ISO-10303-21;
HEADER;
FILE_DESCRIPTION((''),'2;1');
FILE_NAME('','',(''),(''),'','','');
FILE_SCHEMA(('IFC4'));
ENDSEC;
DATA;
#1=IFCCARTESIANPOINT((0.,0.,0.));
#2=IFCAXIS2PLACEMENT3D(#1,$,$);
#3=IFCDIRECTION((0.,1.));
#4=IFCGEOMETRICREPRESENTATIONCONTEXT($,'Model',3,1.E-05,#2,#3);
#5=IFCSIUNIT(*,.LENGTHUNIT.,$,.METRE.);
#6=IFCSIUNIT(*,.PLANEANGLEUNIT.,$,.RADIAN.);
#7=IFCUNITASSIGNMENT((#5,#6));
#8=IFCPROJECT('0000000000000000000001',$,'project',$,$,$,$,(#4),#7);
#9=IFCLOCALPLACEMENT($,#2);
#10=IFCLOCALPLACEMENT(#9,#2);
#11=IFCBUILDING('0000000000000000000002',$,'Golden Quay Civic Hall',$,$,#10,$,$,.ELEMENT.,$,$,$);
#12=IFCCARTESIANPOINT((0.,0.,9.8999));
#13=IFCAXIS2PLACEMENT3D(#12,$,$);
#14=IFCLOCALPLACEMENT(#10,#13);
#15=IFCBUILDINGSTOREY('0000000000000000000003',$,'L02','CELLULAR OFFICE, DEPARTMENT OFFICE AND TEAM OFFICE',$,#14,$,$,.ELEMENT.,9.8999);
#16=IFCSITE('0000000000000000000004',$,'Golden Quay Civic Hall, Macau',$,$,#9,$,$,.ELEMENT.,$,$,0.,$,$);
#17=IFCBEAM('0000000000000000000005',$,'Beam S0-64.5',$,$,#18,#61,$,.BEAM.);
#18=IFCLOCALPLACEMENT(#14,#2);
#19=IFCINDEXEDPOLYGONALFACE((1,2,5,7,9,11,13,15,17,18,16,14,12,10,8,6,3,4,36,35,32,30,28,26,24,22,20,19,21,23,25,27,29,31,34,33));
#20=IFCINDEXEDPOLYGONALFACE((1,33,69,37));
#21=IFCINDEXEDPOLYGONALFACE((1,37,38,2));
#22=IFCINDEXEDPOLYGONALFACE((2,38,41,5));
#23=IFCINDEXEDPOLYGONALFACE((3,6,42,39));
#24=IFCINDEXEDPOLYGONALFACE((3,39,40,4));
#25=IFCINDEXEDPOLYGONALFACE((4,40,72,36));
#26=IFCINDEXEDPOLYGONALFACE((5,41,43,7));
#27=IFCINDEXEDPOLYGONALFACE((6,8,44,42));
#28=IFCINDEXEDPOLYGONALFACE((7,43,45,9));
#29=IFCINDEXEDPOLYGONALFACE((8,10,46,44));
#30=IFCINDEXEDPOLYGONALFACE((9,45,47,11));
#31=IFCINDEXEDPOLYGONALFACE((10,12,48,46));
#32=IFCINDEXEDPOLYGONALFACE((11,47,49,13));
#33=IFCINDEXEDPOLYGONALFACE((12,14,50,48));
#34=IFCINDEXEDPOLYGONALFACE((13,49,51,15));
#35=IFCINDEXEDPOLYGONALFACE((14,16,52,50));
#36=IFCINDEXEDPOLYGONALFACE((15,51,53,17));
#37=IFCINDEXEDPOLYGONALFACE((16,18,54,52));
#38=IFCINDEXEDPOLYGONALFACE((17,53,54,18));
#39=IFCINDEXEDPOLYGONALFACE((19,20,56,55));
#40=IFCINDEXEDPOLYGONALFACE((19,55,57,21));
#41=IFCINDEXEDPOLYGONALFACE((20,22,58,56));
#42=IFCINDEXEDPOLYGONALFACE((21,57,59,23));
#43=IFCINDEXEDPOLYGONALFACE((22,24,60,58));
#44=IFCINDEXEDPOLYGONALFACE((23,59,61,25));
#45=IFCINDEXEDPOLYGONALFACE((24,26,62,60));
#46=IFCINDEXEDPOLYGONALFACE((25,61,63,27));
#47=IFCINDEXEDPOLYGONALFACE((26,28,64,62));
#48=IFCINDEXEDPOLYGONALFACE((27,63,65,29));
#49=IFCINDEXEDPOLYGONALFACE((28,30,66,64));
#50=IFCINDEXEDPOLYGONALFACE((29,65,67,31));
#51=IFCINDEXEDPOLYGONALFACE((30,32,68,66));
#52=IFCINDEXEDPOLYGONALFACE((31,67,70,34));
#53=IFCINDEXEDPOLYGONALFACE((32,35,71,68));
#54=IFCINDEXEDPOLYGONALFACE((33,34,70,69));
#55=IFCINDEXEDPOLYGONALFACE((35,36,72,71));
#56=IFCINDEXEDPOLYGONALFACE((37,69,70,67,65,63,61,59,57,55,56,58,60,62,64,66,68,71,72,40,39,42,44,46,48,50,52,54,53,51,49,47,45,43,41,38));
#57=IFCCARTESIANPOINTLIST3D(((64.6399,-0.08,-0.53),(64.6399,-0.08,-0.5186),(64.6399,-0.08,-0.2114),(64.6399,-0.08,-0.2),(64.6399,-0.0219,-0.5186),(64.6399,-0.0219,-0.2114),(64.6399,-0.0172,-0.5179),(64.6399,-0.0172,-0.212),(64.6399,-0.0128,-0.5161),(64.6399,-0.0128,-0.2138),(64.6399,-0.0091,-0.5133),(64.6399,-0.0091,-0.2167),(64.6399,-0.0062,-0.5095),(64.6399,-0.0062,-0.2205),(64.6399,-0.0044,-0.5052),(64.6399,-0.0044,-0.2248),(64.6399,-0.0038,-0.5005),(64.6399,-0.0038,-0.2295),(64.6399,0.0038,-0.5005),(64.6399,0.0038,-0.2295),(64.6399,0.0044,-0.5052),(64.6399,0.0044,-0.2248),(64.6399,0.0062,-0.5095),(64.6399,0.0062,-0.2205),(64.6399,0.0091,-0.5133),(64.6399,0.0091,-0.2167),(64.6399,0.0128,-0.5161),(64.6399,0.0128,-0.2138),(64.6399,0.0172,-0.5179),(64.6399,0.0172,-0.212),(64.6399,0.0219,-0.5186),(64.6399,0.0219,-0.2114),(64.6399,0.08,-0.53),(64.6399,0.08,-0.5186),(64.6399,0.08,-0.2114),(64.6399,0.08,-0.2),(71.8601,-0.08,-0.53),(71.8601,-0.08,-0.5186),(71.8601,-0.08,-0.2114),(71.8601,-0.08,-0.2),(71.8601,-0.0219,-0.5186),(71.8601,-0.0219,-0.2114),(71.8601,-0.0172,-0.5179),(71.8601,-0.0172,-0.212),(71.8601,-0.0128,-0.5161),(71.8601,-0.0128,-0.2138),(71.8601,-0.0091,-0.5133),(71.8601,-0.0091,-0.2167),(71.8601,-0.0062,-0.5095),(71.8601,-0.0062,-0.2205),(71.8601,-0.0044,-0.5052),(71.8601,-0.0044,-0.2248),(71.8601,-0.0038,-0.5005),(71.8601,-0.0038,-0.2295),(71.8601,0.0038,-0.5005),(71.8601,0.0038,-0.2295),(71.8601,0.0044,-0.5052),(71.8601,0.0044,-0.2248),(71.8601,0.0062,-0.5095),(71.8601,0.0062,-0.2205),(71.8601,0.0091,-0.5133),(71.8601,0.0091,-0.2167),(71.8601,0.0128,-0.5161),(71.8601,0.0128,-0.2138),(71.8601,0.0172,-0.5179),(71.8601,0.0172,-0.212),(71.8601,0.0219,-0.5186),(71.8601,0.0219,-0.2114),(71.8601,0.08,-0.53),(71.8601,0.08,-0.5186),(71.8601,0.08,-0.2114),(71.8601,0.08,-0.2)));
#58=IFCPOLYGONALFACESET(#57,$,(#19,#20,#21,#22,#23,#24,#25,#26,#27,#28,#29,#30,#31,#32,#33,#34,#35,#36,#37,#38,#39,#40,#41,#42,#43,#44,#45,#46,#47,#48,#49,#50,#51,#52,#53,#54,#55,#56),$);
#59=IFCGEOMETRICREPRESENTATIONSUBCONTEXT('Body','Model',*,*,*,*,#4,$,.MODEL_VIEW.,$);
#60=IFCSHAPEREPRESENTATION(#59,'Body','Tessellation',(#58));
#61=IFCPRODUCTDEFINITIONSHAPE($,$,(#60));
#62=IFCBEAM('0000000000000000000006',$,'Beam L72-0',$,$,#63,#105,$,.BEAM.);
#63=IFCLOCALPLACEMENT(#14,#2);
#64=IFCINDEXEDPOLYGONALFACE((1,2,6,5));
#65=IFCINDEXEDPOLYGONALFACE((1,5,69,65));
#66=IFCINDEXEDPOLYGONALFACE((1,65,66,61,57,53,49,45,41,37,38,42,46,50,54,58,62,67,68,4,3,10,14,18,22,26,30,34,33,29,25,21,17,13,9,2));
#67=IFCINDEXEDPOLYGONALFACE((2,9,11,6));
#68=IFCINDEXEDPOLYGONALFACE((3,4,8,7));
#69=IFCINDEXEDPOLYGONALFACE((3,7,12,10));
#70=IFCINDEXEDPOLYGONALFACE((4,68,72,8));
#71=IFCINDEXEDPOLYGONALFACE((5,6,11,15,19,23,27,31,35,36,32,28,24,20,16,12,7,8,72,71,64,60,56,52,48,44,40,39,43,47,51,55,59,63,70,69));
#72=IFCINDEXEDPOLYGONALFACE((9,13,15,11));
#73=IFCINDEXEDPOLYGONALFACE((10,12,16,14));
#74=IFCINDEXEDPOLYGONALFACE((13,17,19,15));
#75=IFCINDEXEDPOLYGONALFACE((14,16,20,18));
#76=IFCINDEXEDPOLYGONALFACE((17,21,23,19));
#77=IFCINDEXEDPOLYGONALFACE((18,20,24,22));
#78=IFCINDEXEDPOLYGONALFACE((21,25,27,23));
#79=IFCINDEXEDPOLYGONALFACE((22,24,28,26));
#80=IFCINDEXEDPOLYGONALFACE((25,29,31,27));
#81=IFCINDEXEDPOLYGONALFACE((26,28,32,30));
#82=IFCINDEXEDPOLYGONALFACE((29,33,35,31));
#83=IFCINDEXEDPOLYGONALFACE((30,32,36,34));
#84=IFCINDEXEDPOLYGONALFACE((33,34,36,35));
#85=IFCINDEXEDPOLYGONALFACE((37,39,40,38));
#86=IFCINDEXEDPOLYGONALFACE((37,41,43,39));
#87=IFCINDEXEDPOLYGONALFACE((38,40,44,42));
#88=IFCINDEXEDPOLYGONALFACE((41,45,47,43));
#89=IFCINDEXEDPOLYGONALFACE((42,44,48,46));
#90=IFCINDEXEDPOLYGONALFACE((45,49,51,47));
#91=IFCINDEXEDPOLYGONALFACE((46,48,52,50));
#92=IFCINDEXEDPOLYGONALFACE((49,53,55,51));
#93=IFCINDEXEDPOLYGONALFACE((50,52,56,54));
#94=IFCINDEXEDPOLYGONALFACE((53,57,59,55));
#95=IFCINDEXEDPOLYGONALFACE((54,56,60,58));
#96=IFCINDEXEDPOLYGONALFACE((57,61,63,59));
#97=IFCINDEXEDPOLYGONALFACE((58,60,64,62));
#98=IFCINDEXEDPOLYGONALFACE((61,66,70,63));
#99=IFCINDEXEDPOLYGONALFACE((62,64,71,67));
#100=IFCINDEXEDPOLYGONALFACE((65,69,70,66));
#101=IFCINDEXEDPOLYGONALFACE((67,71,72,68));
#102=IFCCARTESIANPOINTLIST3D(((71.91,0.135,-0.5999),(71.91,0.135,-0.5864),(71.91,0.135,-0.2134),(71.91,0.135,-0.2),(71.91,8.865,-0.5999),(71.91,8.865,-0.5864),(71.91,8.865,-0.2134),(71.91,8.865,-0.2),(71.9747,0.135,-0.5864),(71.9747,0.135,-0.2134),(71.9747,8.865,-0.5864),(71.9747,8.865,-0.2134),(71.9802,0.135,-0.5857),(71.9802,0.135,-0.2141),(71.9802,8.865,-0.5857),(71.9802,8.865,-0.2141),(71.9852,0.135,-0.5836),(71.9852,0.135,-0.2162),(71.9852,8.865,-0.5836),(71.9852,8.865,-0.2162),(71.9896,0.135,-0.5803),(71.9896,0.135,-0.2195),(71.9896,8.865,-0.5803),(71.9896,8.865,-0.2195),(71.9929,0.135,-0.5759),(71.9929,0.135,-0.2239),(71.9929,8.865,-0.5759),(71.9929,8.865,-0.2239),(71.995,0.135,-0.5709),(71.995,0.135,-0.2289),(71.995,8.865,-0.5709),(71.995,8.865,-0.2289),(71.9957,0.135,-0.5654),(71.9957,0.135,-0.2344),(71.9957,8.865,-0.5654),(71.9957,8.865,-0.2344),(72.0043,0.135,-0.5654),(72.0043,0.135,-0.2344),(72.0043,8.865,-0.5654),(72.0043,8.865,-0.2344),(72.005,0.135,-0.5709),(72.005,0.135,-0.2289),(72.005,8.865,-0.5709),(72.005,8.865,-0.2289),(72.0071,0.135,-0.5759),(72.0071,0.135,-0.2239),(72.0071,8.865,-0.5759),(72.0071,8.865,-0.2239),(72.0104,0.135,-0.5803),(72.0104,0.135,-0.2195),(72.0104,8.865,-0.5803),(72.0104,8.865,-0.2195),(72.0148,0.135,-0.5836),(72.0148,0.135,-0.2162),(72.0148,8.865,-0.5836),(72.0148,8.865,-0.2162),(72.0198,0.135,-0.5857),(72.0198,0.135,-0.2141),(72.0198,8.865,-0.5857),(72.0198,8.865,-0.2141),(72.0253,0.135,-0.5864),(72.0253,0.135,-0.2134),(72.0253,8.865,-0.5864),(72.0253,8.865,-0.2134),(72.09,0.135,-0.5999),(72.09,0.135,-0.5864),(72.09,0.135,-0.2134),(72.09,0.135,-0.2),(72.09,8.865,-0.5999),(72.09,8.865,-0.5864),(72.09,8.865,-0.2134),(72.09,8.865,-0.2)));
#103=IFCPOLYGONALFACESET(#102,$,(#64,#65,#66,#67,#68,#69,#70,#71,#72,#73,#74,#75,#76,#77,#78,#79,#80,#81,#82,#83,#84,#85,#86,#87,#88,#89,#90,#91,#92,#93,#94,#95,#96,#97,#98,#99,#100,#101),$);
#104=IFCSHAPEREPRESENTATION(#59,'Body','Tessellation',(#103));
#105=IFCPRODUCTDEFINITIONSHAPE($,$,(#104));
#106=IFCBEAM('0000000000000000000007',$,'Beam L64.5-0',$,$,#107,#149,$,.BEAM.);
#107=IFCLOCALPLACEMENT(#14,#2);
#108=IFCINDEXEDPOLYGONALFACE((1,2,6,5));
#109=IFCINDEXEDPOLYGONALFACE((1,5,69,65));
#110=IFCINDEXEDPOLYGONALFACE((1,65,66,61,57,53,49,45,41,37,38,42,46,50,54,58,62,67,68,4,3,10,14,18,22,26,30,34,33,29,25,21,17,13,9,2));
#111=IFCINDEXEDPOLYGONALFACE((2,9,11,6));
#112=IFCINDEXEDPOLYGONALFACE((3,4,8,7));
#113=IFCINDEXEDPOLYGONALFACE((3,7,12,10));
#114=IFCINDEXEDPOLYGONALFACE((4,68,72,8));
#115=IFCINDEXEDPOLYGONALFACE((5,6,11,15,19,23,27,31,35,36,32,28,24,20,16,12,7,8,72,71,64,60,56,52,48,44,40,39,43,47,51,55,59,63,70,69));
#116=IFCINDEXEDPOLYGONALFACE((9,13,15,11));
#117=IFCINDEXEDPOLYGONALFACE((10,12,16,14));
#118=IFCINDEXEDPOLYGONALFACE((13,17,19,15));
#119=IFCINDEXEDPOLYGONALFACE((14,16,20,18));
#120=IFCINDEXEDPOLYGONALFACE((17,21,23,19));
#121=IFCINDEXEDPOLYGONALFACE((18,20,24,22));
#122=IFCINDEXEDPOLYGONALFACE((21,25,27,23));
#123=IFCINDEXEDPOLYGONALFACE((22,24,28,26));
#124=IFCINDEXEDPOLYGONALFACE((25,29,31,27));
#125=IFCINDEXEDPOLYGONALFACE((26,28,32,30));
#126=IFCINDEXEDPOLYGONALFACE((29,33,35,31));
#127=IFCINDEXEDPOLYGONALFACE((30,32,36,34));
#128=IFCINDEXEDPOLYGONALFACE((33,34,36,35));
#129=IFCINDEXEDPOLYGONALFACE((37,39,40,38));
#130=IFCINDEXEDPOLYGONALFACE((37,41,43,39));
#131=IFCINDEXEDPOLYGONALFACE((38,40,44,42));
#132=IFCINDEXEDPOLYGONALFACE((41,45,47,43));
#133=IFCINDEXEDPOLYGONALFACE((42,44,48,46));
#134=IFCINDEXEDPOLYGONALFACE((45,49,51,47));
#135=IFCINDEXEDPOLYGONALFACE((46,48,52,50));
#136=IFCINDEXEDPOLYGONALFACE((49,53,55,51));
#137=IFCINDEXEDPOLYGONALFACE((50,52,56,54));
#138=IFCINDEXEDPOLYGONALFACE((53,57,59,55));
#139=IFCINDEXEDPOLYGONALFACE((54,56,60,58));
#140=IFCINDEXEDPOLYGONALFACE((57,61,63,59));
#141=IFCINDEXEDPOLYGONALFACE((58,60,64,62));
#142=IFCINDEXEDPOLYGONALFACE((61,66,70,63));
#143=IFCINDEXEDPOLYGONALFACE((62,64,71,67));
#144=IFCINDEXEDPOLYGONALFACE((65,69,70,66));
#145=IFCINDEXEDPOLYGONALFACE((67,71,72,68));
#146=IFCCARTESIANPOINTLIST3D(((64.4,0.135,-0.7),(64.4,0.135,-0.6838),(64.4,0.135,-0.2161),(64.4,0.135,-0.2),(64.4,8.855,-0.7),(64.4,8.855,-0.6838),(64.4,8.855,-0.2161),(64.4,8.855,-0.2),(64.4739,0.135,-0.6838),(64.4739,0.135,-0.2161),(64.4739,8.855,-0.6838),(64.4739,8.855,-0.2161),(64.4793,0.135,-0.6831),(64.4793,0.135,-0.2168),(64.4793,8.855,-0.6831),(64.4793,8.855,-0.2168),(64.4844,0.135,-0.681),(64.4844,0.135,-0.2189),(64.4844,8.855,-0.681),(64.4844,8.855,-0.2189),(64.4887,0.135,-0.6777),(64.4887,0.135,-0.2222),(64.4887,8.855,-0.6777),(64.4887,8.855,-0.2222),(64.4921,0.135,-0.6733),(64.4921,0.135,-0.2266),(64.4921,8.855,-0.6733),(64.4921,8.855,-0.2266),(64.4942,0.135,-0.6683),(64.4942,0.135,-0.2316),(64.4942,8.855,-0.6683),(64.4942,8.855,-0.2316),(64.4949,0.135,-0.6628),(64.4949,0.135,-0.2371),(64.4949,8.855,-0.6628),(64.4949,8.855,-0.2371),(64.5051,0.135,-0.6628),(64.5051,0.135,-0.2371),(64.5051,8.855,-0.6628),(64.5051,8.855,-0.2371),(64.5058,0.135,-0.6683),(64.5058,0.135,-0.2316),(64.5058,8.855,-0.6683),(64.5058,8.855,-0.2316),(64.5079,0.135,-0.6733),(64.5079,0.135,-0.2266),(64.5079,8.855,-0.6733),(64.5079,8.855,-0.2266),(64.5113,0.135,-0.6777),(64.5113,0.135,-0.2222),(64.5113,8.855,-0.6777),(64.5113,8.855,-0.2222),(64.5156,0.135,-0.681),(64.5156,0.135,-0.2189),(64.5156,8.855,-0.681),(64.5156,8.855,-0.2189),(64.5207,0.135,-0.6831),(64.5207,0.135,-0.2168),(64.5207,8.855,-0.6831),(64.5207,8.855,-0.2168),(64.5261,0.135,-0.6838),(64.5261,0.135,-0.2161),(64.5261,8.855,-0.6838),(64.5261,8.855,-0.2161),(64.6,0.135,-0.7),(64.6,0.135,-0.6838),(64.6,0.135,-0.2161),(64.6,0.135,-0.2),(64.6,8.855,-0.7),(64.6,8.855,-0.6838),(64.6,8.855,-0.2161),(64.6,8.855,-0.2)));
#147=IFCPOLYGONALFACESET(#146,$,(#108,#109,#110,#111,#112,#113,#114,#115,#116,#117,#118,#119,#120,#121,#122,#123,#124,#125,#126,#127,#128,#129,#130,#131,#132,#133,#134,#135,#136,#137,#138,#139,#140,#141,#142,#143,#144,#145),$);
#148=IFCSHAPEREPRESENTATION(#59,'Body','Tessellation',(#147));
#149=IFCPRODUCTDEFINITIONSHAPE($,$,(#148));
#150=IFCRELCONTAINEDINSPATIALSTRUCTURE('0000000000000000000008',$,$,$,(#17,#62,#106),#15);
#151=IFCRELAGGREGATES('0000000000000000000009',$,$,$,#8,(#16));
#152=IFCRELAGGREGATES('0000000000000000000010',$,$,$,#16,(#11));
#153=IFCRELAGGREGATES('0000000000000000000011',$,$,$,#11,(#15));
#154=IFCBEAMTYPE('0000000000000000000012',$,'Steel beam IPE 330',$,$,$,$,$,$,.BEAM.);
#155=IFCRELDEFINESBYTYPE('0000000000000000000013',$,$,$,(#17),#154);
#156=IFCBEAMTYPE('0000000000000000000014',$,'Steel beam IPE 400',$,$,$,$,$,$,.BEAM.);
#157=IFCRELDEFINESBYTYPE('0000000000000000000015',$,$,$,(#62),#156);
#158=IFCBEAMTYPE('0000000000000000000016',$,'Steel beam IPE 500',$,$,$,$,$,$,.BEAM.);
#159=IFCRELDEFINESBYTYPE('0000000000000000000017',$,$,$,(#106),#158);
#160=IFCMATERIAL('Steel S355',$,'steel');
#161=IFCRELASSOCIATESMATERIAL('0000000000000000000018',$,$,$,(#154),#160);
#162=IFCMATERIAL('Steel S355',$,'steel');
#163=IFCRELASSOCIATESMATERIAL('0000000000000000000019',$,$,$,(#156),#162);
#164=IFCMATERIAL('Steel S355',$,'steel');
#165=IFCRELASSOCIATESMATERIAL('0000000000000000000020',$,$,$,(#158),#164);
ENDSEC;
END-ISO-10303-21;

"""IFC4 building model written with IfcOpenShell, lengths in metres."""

from ifc_helpers import new_model, si_unit, direction, frame, origin, origin_2d, place, context, subcontext, project, spatial, i_section, extrude, material, material_profile, profile_set, type_object, element, save


model = new_model("IFC4")

# Units and contexts
model_context = context("Model", 3, precision=1e-05, world=origin(), true_north=direction((0.0, 1.0)))
body_context = subcontext(model_context, "Body", "Model", "MODEL_VIEW")
ifc_project = project(units=[si_unit("LENGTHUNIT", "METRE"), si_unit("PLANEANGLEUNIT", "RADIAN")], contexts=[model_context])

# Site, building, storey
site_placement = place(None, origin())
site = spatial("IfcSite", under=ifc_project, at=site_placement, Name="Golden Quay Civic Hall, Macau", CompositionType="ELEMENT", RefElevation=0.0)
building_placement = place(site_placement, origin())
building = spatial("IfcBuilding", under=site, at=building_placement, Name="Golden Quay Civic Hall", CompositionType="ELEMENT")
storey_placement = place(building_placement, frame((0.0, 0.0, 9.8999)))
storey = spatial("IfcBuildingStorey", under=building, at=storey_placement, Name="L02", Description="CELLULAR OFFICE, DEPARTMENT OFFICE AND TEAM OFFICE", CompositionType="ELEMENT", Elevation=9.8999)

# Beams
ifc_material_1 = material(Name="Steel S355", Category="steel")
ifc_material_profile_1 = material_profile(ifc_material_1, i_section(OverallWidth=0.1599, OverallDepth=0.3301, WebThickness=0.0076, FlangeThickness=0.0115, FilletRadius=0.0181, at=origin_2d()), Name="IPE 330")
ifc_profile_set_1 = profile_set([ifc_material_profile_1], Name="Steel S355")
beam_type_1 = type_object("IfcBeamType", Name="Steel beam IPE 330", PredefinedType="BEAM", material=ifc_profile_set_1)
beam_1_placement = place(storey_placement, frame((64.6399, 0.0, -0.365), z_axis=(1.0, 0.0, 0.0), x_axis=(0.0, 1.0, 0.0)))
element("IfcBeam", 1, at=beam_1_placement, inside=storey, type_object=beam_type_1, Name="Beam S0-64.5", PredefinedType="BEAM", context=body_context, shape_type="SweptSolid", body=[
    extrude(i_section(OverallWidth=0.1599, OverallDepth=0.3301, WebThickness=0.0076, FlangeThickness=0.0115, FilletRadius=0.0181, at=origin_2d()), origin(), (0.0, 0.0, 1.0), 7.2202),
])
ifc_material_2 = material(Name="Steel S355", Category="steel")
ifc_material_profile_2 = material_profile(ifc_material_2, i_section(OverallWidth=0.1799, OverallDepth=0.3999, WebThickness=0.0085, FlangeThickness=0.0134, FilletRadius=0.021, at=origin_2d()), Name="IPE 400")
ifc_profile_set_2 = profile_set([ifc_material_profile_2], Name="Steel S355")
beam_type_2 = type_object("IfcBeamType", Name="Steel beam IPE 400", PredefinedType="BEAM", material=ifc_profile_set_2)
beam_2_placement = place(storey_placement, frame((72.0, 0.135, -0.3999), z_axis=(0.0, 1.0, 0.0), x_axis=(-1.0, 0.0, 0.0)))
element("IfcBeam", 2, at=beam_2_placement, inside=storey, type_object=beam_type_2, Name="Beam L72-0", PredefinedType="BEAM", context=body_context, shape_type="SweptSolid", body=[
    extrude(i_section(OverallWidth=0.1799, OverallDepth=0.3999, WebThickness=0.0085, FlangeThickness=0.0134, FilletRadius=0.021, at=origin_2d()), origin(), (0.0, 0.0, 1.0), 8.73),
])
ifc_material_3 = material(Name="Steel S355", Category="steel")
ifc_material_profile_3 = material_profile(ifc_material_3, i_section(OverallWidth=0.2, OverallDepth=0.5, WebThickness=0.0103, FlangeThickness=0.0161, FilletRadius=0.021, at=origin_2d()), Name="IPE 500")
ifc_profile_set_3 = profile_set([ifc_material_profile_3], Name="Steel S355")
beam_type_3 = type_object("IfcBeamType", Name="Steel beam IPE 500", PredefinedType="BEAM", material=ifc_profile_set_3)
beam_3_placement = place(storey_placement, frame((64.5, 0.135, -0.45), z_axis=(0.0, 1.0, 0.0), x_axis=(-1.0, 0.0, 0.0)))
element("IfcBeam", 3, at=beam_3_placement, inside=storey, type_object=beam_type_3, Name="Beam L64.5-0", PredefinedType="BEAM", context=body_context, shape_type="SweptSolid", body=[
    extrude(i_section(OverallWidth=0.2, OverallDepth=0.5, WebThickness=0.0103, FlangeThickness=0.0161, FilletRadius=0.021, at=origin_2d()), origin(), (0.0, 0.0, 1.0), 8.72),
])

save(model, "model.ifc")
